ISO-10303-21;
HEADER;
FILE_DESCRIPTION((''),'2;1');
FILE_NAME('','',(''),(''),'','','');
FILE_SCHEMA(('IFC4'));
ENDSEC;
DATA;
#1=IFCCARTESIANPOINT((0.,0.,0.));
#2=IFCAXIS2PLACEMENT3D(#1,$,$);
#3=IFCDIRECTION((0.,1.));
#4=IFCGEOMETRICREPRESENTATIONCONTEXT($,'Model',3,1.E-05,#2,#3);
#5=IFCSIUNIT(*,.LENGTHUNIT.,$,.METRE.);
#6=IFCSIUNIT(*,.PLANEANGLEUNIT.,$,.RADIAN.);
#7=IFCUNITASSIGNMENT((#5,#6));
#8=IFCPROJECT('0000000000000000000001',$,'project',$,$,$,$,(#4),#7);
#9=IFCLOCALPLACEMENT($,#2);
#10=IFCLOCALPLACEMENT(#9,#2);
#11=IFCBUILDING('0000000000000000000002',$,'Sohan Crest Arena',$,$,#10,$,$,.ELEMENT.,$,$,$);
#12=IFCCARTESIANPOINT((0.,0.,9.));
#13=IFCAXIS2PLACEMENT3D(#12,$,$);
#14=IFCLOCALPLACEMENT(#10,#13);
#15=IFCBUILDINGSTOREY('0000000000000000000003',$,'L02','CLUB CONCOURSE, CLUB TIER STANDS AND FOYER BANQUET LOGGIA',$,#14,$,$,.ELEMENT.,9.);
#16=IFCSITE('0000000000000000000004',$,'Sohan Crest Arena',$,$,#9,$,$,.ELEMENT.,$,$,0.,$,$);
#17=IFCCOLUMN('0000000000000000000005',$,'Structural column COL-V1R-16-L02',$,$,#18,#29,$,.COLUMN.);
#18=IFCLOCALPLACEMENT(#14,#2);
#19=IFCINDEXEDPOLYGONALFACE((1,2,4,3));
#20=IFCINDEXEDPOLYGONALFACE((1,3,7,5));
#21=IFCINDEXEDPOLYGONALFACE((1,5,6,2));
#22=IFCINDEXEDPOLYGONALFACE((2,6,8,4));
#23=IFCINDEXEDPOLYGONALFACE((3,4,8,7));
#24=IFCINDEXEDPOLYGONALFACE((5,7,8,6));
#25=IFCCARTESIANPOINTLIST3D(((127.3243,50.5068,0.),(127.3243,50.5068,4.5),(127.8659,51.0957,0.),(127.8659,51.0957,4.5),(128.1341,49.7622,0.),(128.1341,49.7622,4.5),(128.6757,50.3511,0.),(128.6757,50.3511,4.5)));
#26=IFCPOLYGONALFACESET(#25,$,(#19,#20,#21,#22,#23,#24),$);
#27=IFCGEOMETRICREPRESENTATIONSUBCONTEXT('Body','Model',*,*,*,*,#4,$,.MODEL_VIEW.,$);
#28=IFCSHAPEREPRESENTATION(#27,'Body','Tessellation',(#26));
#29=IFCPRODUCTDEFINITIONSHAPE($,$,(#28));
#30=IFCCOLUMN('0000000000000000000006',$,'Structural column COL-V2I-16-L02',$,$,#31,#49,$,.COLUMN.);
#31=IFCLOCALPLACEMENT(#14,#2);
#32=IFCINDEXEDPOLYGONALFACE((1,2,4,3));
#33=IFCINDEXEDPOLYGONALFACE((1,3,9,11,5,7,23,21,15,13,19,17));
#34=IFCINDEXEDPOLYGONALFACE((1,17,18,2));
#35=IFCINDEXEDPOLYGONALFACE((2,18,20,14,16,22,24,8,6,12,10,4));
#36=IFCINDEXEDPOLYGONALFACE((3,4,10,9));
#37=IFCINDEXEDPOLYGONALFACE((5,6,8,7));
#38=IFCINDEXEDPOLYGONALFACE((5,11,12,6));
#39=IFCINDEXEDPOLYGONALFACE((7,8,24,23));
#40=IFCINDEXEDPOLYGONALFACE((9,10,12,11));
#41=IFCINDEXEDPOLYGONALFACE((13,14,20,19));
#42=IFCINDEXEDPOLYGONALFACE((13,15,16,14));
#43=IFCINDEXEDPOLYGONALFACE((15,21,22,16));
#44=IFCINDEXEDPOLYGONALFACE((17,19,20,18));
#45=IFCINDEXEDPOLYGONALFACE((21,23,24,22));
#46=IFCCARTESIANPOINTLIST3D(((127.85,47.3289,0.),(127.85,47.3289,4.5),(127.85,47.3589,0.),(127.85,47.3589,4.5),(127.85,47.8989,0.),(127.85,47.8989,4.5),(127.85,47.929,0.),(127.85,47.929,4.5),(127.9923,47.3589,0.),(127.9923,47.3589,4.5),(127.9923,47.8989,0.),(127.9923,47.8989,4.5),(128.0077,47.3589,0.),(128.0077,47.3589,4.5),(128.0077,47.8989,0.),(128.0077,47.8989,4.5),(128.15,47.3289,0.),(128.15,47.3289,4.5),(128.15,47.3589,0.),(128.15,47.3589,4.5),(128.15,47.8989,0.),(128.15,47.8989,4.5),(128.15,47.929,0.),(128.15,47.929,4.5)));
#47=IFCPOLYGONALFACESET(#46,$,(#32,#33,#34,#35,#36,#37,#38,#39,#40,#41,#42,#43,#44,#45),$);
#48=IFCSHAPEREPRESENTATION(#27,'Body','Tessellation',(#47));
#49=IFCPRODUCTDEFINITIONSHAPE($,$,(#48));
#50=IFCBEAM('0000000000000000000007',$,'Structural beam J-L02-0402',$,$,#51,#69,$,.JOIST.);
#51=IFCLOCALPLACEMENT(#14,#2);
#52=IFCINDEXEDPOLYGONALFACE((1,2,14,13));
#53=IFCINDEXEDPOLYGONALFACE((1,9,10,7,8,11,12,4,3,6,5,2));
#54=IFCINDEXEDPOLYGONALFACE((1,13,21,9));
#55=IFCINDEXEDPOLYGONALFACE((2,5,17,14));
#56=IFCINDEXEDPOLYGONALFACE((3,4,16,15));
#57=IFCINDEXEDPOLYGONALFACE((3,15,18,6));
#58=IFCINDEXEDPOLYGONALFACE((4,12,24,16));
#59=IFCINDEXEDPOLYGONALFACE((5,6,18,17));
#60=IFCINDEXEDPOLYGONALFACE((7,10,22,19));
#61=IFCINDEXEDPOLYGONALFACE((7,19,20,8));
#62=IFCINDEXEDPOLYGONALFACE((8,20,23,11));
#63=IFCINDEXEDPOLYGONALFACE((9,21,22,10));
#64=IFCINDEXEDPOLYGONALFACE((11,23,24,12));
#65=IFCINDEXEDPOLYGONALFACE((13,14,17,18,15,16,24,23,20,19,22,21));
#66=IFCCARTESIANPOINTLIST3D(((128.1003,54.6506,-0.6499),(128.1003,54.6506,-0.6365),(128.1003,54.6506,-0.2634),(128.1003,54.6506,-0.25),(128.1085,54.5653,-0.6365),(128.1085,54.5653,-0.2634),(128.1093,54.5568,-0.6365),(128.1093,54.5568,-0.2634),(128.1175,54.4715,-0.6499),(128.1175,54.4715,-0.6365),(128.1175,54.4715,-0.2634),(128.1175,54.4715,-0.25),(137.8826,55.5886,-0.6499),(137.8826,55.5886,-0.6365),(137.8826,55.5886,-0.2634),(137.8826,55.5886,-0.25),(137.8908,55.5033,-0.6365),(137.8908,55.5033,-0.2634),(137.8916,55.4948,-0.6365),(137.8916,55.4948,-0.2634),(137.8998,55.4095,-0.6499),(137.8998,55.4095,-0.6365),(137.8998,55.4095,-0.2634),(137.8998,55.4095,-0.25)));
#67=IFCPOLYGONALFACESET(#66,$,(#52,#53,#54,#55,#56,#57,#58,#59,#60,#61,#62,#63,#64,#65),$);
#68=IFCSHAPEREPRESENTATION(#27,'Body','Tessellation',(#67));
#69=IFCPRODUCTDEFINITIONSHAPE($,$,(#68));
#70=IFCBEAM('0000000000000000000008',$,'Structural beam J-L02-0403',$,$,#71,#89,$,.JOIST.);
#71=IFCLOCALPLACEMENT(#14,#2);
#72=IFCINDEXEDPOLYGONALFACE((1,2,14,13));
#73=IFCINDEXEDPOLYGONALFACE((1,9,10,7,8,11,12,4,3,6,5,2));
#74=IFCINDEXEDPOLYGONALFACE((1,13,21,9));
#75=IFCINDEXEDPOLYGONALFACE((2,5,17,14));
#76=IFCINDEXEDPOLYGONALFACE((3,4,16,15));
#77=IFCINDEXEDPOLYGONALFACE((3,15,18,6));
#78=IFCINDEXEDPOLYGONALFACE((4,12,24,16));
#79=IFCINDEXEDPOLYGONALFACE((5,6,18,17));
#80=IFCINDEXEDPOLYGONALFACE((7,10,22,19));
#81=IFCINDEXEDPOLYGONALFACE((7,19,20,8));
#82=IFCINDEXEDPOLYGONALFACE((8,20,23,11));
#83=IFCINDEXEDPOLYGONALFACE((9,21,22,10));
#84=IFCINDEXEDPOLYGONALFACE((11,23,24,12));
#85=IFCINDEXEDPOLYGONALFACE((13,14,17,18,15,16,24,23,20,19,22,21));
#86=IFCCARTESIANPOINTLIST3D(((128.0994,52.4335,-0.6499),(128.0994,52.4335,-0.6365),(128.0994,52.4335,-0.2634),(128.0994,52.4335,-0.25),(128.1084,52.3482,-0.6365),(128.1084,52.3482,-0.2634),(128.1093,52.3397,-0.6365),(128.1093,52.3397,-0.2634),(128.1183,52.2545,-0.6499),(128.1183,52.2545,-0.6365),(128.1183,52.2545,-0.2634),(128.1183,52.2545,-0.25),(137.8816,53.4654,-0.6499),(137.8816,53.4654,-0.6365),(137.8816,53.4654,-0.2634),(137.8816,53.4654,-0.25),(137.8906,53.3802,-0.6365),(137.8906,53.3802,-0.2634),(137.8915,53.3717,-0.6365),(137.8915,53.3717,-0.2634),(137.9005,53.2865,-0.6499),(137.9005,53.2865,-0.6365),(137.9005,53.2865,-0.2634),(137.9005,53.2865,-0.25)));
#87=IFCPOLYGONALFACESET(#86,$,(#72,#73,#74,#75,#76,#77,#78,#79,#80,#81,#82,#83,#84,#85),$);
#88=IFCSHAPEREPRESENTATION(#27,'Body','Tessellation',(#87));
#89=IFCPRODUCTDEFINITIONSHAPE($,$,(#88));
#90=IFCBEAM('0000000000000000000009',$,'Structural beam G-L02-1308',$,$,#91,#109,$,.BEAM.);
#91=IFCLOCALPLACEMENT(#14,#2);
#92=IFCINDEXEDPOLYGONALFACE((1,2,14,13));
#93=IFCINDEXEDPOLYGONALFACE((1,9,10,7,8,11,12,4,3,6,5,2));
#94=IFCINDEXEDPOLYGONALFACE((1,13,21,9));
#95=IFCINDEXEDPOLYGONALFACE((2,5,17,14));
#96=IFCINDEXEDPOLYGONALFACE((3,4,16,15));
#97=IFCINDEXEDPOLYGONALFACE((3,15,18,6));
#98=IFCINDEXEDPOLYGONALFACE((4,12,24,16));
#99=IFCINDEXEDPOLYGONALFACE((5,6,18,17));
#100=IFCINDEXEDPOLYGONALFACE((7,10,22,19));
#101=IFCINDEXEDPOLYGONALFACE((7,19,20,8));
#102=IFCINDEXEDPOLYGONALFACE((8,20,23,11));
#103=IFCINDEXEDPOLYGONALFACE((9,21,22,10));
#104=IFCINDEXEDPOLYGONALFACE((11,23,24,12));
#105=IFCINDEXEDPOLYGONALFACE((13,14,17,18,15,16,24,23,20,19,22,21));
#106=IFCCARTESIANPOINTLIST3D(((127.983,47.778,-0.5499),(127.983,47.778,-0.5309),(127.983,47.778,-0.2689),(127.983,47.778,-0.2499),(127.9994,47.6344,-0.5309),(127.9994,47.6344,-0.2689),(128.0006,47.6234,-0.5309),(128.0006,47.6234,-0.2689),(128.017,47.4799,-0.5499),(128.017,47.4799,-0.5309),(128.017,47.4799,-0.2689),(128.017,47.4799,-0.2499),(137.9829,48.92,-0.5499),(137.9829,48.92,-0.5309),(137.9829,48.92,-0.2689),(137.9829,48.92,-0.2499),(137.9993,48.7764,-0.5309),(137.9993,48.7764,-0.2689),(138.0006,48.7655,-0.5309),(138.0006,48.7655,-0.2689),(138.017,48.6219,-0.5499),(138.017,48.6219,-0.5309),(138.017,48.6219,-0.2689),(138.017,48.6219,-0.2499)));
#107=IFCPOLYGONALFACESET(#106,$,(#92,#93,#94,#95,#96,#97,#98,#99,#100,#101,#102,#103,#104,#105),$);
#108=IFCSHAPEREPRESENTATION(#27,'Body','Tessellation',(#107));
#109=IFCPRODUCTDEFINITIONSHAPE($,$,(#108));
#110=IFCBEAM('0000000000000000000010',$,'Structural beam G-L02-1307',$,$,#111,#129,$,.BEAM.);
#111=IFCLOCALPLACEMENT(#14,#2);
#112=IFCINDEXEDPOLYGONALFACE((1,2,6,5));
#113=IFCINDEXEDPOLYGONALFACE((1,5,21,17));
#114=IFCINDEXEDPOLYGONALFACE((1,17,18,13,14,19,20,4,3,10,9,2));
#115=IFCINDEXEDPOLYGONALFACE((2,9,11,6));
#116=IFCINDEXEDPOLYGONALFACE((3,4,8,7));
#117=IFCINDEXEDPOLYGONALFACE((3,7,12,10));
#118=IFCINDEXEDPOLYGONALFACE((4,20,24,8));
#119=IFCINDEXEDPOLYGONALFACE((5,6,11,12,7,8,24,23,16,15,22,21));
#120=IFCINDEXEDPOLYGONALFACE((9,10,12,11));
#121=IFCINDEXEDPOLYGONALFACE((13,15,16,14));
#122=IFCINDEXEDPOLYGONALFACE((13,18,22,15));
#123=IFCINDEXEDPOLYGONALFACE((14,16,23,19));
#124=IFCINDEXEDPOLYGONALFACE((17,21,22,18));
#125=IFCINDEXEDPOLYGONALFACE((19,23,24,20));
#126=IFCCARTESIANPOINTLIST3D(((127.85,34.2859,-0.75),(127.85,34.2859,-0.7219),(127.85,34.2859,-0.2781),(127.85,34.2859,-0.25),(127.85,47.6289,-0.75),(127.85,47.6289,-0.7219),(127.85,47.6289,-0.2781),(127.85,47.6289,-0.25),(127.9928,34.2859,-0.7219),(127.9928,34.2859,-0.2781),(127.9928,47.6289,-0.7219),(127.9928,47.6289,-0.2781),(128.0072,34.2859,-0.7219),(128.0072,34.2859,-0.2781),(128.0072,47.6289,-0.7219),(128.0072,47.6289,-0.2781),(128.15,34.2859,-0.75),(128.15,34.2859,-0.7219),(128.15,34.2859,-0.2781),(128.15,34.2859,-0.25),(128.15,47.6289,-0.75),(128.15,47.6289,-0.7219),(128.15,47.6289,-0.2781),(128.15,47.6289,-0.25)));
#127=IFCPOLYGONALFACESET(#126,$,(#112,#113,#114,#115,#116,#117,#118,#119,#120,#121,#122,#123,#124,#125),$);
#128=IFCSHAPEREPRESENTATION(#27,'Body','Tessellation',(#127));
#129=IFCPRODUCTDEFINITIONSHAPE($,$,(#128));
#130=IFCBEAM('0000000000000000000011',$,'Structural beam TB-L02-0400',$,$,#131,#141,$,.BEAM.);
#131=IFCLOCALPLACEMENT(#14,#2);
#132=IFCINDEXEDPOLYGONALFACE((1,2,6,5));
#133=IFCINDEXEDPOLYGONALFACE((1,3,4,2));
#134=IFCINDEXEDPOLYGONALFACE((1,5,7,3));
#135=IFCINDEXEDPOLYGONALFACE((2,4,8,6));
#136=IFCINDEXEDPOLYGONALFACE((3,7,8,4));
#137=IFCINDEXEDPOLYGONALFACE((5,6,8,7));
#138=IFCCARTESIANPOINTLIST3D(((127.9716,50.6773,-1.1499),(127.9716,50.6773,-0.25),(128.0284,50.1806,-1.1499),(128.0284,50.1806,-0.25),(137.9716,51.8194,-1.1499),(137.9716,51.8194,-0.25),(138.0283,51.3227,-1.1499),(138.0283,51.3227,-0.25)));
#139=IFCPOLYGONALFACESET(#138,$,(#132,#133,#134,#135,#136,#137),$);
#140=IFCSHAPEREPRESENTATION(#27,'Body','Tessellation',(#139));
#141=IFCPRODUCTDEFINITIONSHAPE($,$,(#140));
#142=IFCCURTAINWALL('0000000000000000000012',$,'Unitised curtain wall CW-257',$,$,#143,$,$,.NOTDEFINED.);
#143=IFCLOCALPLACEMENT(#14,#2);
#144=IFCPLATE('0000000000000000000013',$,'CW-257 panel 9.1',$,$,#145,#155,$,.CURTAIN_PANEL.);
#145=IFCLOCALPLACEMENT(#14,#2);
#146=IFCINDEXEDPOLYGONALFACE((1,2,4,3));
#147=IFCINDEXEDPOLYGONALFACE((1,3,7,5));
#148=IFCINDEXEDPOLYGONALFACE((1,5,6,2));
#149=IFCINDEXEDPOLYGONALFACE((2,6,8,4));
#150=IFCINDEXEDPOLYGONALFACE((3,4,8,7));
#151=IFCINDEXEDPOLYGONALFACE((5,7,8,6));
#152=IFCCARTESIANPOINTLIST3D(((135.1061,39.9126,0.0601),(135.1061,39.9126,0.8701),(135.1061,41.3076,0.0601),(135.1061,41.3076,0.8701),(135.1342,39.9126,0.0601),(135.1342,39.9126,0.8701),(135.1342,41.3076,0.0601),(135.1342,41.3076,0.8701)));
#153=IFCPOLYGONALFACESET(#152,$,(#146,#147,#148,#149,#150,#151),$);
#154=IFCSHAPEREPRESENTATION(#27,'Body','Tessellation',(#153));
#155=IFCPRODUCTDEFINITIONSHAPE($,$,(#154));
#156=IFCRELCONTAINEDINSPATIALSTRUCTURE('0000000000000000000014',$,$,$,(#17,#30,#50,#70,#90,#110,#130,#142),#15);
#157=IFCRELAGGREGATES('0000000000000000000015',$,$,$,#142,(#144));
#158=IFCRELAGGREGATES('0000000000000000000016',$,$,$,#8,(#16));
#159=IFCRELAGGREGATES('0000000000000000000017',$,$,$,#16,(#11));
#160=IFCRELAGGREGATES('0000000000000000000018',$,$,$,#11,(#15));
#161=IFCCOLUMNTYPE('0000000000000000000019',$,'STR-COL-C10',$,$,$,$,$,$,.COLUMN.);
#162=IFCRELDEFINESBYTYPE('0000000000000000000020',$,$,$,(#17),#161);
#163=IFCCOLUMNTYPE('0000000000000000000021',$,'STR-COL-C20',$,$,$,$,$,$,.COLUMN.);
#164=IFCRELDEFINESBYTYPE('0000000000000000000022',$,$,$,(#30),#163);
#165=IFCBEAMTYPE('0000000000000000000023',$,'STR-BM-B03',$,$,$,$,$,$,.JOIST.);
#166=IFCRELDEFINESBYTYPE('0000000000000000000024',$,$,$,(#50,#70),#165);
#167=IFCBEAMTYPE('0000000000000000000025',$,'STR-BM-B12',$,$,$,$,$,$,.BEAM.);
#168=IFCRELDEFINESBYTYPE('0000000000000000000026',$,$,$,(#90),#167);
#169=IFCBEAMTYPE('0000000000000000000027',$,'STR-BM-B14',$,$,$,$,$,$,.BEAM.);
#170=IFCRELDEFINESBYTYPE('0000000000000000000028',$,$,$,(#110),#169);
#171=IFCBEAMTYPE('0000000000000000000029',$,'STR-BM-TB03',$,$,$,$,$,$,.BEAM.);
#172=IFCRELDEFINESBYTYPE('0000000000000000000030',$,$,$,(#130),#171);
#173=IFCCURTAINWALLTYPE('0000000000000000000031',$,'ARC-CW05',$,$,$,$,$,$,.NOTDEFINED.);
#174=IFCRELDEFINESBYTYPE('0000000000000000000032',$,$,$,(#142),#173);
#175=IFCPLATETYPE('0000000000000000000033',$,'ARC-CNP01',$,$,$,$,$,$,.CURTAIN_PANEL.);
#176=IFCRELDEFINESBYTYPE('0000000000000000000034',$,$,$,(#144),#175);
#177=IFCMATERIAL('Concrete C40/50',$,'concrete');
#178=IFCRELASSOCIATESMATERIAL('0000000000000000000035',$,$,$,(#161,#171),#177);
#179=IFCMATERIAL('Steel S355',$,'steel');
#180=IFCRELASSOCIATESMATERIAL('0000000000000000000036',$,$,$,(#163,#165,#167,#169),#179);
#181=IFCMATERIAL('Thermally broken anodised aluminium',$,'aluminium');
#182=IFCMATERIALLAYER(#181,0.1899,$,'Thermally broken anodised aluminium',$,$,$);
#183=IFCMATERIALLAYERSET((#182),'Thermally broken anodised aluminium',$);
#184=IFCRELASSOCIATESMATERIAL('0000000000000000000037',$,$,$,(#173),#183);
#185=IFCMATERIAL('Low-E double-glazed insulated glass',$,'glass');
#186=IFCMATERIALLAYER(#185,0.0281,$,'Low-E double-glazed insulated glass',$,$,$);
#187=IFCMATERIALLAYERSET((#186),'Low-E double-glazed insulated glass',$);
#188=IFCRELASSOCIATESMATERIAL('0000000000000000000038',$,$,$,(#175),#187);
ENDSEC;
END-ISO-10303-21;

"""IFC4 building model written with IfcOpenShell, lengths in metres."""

from ifc_helpers import new_model, si_unit, direction, frame, origin, origin_2d, place, context, subcontext, project, spatial, rectangle, i_section, extrude, material, layer, layer_set, material_profile, profile_set, type_object, element, aggregate, save


model = new_model("IFC4")

# Units and contexts
model_context = context("Model", 3, precision=1e-05, world=origin(), true_north=direction((0.0, 1.0)))
body_context = subcontext(model_context, "Body", "Model", "MODEL_VIEW")
ifc_project = project(units=[si_unit("LENGTHUNIT", "METRE"), si_unit("PLANEANGLEUNIT", "RADIAN")], contexts=[model_context])

# Site, building, storey
site_placement = place(None, origin())
site = spatial("IfcSite", under=ifc_project, at=site_placement, Name="Sohan Crest Arena", CompositionType="ELEMENT", RefElevation=0.0)
building_placement = place(site_placement, origin())
building = spatial("IfcBuilding", under=site, at=building_placement, Name="Sohan Crest Arena", CompositionType="ELEMENT")
storey_placement = place(building_placement, frame((0.0, 0.0, 9.0)))
storey = spatial("IfcBuildingStorey", under=building, at=storey_placement, Name="L02", Description="CLUB CONCOURSE, CLUB TIER STANDS AND FOYER BANQUET LOGGIA", CompositionType="ELEMENT", Elevation=9.0)

# Columns
ifc_material_1 = material(Name="Concrete C40/50", Category="concrete")
ifc_material_profile_1 = material_profile(ifc_material_1, rectangle(XDim=1.1001, YDim=0.8, at=origin_2d()), Name="RC 1100x800")
ifc_profile_set_1 = profile_set([ifc_material_profile_1], Name="Concrete C40/50")
column_type_1 = type_object("IfcColumnType", Name="STR-COL-C10", PredefinedType="COLUMN", material=ifc_profile_set_1)
column_1_placement = place(storey_placement, frame((128.0, 50.429, 0.0), z_axis=(0.0, 0.0, 1.0), x_axis=(-0.736097, 0.676876, 0.0)))
element("IfcColumn", 1, at=column_1_placement, inside=storey, type_object=column_type_1, Name="Structural column COL-V1R-16-L02", PredefinedType="COLUMN", context=body_context, shape_type="SweptSolid", body=[
    extrude(rectangle(XDim=1.1001, YDim=0.8, at=origin_2d()), origin(), (0.0, 0.0, 1.0), 4.5),
])
ifc_material_2 = material(Name="Steel S355", Category="steel")
ifc_material_profile_2 = material_profile(ifc_material_2, i_section(OverallWidth=0.3, OverallDepth=0.6001, WebThickness=0.0154, FlangeThickness=0.03, at=origin_2d()), Name="HEB 600")
ifc_profile_set_2 = profile_set([ifc_material_profile_2], Name="Steel S355")
column_type_2 = type_object("IfcColumnType", Name="STR-COL-C20", PredefinedType="COLUMN", material=ifc_profile_set_2)
column_2_placement = place(storey_placement, frame((128.0, 47.6289, 0.0), z_axis=(0.0, 0.0, 1.0), x_axis=(1.0, 0.0, 0.0)))
element("IfcColumn", 2, at=column_2_placement, inside=storey, type_object=column_type_2, Name="Structural column COL-V2I-16-L02", PredefinedType="COLUMN", context=body_context, shape_type="SweptSolid", body=[
    extrude(i_section(OverallWidth=0.3, OverallDepth=0.6001, WebThickness=0.0154, FlangeThickness=0.03, at=origin_2d()), origin(), (0.0, 0.0, 1.0), 4.5),
])

# Beams
ifc_material_profile_3 = material_profile(ifc_material_2, i_section(OverallWidth=0.1799, OverallDepth=0.3999, WebThickness=0.0085, FlangeThickness=0.0134, at=origin_2d()), Name="IPE 400")
ifc_profile_set_3 = profile_set([ifc_material_profile_3], Name="Steel S355")
beam_type_1 = type_object("IfcBeamType", Name="STR-BM-B03", PredefinedType="JOIST", material=ifc_profile_set_3)
beam_1_placement = place(storey_placement, frame((128.1089, 54.561, -0.45), z_axis=(0.995434, 0.095449, 0.0), x_axis=(-0.095449, 0.995434, 0.0)))
element("IfcBeam", 3, at=beam_1_placement, inside=storey, type_object=beam_type_1, Name="Structural beam J-L02-0402", PredefinedType="JOIST", context=body_context, shape_type="SweptSolid", body=[
    extrude(i_section(OverallWidth=0.1799, OverallDepth=0.3999, WebThickness=0.0085, FlangeThickness=0.0134, at=origin_2d()), origin(), (0.0, 0.0, 1.0), 9.8271),
])
beam_2_placement = place(storey_placement, frame((128.1089, 52.344, -0.45), z_axis=(0.994481, 0.104913, 0.0), x_axis=(-0.104913, 0.994481, 0.0)))
element("IfcBeam", 4, at=beam_2_placement, inside=storey, type_object=beam_type_1, Name="Structural beam J-L02-0403", PredefinedType="JOIST", context=body_context, shape_type="SweptSolid", body=[
    extrude(i_section(OverallWidth=0.1799, OverallDepth=0.3999, WebThickness=0.0085, FlangeThickness=0.0134, at=origin_2d()), origin(), (0.0, 0.0, 1.0), 9.8364),
])
ifc_material_profile_4 = material_profile(ifc_material_2, i_section(OverallWidth=0.3, OverallDepth=0.3, WebThickness=0.011, FlangeThickness=0.019, at=origin_2d()), Name="HEB 300")
ifc_profile_set_4 = profile_set([ifc_material_profile_4], Name="Steel S355")
beam_type_2 = type_object("IfcBeamType", Name="STR-BM-B12", PredefinedType="BEAM", material=ifc_profile_set_4)
beam_3_placement = place(storey_placement, frame((128.0, 47.6289, -0.3999), z_axis=(0.993541, 0.113471, 0.0), x_axis=(-0.113471, 0.993541, 0.0)))
element("IfcBeam", 5, at=beam_3_placement, inside=storey, type_object=beam_type_2, Name="Structural beam G-L02-1308", PredefinedType="BEAM", context=body_context, shape_type="SweptSolid", body=[
    extrude(i_section(OverallWidth=0.3, OverallDepth=0.3, WebThickness=0.011, FlangeThickness=0.019, at=origin_2d()), origin(), (0.0, 0.0, 1.0), 10.0649),
])
ifc_material_profile_5 = material_profile(ifc_material_2, i_section(OverallWidth=0.3, OverallDepth=0.5, WebThickness=0.0144, FlangeThickness=0.0281, at=origin_2d()), Name="HEB 500")
ifc_profile_set_5 = profile_set([ifc_material_profile_5], Name="Steel S355")
beam_type_3 = type_object("IfcBeamType", Name="STR-BM-B14", PredefinedType="BEAM", material=ifc_profile_set_5)
beam_4_placement = place(storey_placement, frame((128.0, 47.6289, -0.5), z_axis=(0.0, -1.0, 0.0), x_axis=(1.0, 0.0, 0.0)))
element("IfcBeam", 6, at=beam_4_placement, inside=storey, type_object=beam_type_3, Name="Structural beam G-L02-1307", PredefinedType="BEAM", context=body_context, shape_type="SweptSolid", body=[
    extrude(i_section(OverallWidth=0.3, OverallDepth=0.5, WebThickness=0.0144, FlangeThickness=0.0281, at=origin_2d()), origin(), (0.0, 0.0, 1.0), 13.343),
])
ifc_material_profile_6 = material_profile(ifc_material_1, rectangle(XDim=0.5, YDim=0.8999, at=origin_2d()), Name="RC-BM 500x900")
ifc_profile_set_6 = profile_set([ifc_material_profile_6], Name="Concrete C40/50")
beam_type_4 = type_object("IfcBeamType", Name="STR-BM-TB03", PredefinedType="BEAM", material=ifc_profile_set_6)
beam_5_placement = place(storey_placement, frame((128.0, 50.429, -0.7), z_axis=(0.993541, 0.113471, 0.0), x_axis=(-0.113471, 0.993541, 0.0)))
element("IfcBeam", 7, at=beam_5_placement, inside=storey, type_object=beam_type_4, Name="Structural beam TB-L02-0400", PredefinedType="BEAM", context=body_context, shape_type="SweptSolid", body=[
    extrude(rectangle(XDim=0.5, YDim=0.8999, at=origin_2d()), origin(), (0.0, 0.0, 1.0), 10.0649),
])

# Curtain wall, plate
ifc_material_3 = material(Name="Thermally broken anodised aluminium", Category="aluminium")
ifc_layer_1 = layer(ifc_material_3, 0.1899, Name="Thermally broken anodised aluminium")
ifc_layer_set_1 = layer_set([ifc_layer_1], Name="Thermally broken anodised aluminium")
curtain_wall_type = type_object("IfcCurtainWallType", Name="ARC-CW05", PredefinedType="NOTDEFINED", material=ifc_layer_set_1)
curtain_wall_placement = place(storey_placement, origin())
curtain_wall = element("IfcCurtainWall", 8, at=curtain_wall_placement, inside=storey, type_object=curtain_wall_type, Name="Unitised curtain wall CW-257", PredefinedType="NOTDEFINED")
ifc_material_4 = material(Name="Low-E double-glazed insulated glass", Category="glass")
ifc_layer_2 = layer(ifc_material_4, 0.0281, Name="Low-E double-glazed insulated glass")
ifc_layer_set_2 = layer_set([ifc_layer_2], Name="Low-E double-glazed insulated glass")
plate_type = type_object("IfcPlateType", Name="ARC-CNP01", PredefinedType="CURTAIN_PANEL", material=ifc_layer_set_2)
plate_placement = place(storey_placement, frame((135.1201, 40.6101, 0.0601), z_axis=(0.0, 0.0, 1.0), x_axis=(0.0, 1.0, 0.0)))
plate = element("IfcPlate", 9, at=plate_placement, type_object=plate_type, Name="CW-257 panel 9.1", PredefinedType="CURTAIN_PANEL", context=body_context, shape_type="SweptSolid", body=[
    extrude(rectangle(XDim=1.395, YDim=0.0281, at=origin_2d()), origin(), (0.0, 0.0, 1.0), 0.8101),
])
aggregate(curtain_wall, [plate])

save(model, "model.ifc")
